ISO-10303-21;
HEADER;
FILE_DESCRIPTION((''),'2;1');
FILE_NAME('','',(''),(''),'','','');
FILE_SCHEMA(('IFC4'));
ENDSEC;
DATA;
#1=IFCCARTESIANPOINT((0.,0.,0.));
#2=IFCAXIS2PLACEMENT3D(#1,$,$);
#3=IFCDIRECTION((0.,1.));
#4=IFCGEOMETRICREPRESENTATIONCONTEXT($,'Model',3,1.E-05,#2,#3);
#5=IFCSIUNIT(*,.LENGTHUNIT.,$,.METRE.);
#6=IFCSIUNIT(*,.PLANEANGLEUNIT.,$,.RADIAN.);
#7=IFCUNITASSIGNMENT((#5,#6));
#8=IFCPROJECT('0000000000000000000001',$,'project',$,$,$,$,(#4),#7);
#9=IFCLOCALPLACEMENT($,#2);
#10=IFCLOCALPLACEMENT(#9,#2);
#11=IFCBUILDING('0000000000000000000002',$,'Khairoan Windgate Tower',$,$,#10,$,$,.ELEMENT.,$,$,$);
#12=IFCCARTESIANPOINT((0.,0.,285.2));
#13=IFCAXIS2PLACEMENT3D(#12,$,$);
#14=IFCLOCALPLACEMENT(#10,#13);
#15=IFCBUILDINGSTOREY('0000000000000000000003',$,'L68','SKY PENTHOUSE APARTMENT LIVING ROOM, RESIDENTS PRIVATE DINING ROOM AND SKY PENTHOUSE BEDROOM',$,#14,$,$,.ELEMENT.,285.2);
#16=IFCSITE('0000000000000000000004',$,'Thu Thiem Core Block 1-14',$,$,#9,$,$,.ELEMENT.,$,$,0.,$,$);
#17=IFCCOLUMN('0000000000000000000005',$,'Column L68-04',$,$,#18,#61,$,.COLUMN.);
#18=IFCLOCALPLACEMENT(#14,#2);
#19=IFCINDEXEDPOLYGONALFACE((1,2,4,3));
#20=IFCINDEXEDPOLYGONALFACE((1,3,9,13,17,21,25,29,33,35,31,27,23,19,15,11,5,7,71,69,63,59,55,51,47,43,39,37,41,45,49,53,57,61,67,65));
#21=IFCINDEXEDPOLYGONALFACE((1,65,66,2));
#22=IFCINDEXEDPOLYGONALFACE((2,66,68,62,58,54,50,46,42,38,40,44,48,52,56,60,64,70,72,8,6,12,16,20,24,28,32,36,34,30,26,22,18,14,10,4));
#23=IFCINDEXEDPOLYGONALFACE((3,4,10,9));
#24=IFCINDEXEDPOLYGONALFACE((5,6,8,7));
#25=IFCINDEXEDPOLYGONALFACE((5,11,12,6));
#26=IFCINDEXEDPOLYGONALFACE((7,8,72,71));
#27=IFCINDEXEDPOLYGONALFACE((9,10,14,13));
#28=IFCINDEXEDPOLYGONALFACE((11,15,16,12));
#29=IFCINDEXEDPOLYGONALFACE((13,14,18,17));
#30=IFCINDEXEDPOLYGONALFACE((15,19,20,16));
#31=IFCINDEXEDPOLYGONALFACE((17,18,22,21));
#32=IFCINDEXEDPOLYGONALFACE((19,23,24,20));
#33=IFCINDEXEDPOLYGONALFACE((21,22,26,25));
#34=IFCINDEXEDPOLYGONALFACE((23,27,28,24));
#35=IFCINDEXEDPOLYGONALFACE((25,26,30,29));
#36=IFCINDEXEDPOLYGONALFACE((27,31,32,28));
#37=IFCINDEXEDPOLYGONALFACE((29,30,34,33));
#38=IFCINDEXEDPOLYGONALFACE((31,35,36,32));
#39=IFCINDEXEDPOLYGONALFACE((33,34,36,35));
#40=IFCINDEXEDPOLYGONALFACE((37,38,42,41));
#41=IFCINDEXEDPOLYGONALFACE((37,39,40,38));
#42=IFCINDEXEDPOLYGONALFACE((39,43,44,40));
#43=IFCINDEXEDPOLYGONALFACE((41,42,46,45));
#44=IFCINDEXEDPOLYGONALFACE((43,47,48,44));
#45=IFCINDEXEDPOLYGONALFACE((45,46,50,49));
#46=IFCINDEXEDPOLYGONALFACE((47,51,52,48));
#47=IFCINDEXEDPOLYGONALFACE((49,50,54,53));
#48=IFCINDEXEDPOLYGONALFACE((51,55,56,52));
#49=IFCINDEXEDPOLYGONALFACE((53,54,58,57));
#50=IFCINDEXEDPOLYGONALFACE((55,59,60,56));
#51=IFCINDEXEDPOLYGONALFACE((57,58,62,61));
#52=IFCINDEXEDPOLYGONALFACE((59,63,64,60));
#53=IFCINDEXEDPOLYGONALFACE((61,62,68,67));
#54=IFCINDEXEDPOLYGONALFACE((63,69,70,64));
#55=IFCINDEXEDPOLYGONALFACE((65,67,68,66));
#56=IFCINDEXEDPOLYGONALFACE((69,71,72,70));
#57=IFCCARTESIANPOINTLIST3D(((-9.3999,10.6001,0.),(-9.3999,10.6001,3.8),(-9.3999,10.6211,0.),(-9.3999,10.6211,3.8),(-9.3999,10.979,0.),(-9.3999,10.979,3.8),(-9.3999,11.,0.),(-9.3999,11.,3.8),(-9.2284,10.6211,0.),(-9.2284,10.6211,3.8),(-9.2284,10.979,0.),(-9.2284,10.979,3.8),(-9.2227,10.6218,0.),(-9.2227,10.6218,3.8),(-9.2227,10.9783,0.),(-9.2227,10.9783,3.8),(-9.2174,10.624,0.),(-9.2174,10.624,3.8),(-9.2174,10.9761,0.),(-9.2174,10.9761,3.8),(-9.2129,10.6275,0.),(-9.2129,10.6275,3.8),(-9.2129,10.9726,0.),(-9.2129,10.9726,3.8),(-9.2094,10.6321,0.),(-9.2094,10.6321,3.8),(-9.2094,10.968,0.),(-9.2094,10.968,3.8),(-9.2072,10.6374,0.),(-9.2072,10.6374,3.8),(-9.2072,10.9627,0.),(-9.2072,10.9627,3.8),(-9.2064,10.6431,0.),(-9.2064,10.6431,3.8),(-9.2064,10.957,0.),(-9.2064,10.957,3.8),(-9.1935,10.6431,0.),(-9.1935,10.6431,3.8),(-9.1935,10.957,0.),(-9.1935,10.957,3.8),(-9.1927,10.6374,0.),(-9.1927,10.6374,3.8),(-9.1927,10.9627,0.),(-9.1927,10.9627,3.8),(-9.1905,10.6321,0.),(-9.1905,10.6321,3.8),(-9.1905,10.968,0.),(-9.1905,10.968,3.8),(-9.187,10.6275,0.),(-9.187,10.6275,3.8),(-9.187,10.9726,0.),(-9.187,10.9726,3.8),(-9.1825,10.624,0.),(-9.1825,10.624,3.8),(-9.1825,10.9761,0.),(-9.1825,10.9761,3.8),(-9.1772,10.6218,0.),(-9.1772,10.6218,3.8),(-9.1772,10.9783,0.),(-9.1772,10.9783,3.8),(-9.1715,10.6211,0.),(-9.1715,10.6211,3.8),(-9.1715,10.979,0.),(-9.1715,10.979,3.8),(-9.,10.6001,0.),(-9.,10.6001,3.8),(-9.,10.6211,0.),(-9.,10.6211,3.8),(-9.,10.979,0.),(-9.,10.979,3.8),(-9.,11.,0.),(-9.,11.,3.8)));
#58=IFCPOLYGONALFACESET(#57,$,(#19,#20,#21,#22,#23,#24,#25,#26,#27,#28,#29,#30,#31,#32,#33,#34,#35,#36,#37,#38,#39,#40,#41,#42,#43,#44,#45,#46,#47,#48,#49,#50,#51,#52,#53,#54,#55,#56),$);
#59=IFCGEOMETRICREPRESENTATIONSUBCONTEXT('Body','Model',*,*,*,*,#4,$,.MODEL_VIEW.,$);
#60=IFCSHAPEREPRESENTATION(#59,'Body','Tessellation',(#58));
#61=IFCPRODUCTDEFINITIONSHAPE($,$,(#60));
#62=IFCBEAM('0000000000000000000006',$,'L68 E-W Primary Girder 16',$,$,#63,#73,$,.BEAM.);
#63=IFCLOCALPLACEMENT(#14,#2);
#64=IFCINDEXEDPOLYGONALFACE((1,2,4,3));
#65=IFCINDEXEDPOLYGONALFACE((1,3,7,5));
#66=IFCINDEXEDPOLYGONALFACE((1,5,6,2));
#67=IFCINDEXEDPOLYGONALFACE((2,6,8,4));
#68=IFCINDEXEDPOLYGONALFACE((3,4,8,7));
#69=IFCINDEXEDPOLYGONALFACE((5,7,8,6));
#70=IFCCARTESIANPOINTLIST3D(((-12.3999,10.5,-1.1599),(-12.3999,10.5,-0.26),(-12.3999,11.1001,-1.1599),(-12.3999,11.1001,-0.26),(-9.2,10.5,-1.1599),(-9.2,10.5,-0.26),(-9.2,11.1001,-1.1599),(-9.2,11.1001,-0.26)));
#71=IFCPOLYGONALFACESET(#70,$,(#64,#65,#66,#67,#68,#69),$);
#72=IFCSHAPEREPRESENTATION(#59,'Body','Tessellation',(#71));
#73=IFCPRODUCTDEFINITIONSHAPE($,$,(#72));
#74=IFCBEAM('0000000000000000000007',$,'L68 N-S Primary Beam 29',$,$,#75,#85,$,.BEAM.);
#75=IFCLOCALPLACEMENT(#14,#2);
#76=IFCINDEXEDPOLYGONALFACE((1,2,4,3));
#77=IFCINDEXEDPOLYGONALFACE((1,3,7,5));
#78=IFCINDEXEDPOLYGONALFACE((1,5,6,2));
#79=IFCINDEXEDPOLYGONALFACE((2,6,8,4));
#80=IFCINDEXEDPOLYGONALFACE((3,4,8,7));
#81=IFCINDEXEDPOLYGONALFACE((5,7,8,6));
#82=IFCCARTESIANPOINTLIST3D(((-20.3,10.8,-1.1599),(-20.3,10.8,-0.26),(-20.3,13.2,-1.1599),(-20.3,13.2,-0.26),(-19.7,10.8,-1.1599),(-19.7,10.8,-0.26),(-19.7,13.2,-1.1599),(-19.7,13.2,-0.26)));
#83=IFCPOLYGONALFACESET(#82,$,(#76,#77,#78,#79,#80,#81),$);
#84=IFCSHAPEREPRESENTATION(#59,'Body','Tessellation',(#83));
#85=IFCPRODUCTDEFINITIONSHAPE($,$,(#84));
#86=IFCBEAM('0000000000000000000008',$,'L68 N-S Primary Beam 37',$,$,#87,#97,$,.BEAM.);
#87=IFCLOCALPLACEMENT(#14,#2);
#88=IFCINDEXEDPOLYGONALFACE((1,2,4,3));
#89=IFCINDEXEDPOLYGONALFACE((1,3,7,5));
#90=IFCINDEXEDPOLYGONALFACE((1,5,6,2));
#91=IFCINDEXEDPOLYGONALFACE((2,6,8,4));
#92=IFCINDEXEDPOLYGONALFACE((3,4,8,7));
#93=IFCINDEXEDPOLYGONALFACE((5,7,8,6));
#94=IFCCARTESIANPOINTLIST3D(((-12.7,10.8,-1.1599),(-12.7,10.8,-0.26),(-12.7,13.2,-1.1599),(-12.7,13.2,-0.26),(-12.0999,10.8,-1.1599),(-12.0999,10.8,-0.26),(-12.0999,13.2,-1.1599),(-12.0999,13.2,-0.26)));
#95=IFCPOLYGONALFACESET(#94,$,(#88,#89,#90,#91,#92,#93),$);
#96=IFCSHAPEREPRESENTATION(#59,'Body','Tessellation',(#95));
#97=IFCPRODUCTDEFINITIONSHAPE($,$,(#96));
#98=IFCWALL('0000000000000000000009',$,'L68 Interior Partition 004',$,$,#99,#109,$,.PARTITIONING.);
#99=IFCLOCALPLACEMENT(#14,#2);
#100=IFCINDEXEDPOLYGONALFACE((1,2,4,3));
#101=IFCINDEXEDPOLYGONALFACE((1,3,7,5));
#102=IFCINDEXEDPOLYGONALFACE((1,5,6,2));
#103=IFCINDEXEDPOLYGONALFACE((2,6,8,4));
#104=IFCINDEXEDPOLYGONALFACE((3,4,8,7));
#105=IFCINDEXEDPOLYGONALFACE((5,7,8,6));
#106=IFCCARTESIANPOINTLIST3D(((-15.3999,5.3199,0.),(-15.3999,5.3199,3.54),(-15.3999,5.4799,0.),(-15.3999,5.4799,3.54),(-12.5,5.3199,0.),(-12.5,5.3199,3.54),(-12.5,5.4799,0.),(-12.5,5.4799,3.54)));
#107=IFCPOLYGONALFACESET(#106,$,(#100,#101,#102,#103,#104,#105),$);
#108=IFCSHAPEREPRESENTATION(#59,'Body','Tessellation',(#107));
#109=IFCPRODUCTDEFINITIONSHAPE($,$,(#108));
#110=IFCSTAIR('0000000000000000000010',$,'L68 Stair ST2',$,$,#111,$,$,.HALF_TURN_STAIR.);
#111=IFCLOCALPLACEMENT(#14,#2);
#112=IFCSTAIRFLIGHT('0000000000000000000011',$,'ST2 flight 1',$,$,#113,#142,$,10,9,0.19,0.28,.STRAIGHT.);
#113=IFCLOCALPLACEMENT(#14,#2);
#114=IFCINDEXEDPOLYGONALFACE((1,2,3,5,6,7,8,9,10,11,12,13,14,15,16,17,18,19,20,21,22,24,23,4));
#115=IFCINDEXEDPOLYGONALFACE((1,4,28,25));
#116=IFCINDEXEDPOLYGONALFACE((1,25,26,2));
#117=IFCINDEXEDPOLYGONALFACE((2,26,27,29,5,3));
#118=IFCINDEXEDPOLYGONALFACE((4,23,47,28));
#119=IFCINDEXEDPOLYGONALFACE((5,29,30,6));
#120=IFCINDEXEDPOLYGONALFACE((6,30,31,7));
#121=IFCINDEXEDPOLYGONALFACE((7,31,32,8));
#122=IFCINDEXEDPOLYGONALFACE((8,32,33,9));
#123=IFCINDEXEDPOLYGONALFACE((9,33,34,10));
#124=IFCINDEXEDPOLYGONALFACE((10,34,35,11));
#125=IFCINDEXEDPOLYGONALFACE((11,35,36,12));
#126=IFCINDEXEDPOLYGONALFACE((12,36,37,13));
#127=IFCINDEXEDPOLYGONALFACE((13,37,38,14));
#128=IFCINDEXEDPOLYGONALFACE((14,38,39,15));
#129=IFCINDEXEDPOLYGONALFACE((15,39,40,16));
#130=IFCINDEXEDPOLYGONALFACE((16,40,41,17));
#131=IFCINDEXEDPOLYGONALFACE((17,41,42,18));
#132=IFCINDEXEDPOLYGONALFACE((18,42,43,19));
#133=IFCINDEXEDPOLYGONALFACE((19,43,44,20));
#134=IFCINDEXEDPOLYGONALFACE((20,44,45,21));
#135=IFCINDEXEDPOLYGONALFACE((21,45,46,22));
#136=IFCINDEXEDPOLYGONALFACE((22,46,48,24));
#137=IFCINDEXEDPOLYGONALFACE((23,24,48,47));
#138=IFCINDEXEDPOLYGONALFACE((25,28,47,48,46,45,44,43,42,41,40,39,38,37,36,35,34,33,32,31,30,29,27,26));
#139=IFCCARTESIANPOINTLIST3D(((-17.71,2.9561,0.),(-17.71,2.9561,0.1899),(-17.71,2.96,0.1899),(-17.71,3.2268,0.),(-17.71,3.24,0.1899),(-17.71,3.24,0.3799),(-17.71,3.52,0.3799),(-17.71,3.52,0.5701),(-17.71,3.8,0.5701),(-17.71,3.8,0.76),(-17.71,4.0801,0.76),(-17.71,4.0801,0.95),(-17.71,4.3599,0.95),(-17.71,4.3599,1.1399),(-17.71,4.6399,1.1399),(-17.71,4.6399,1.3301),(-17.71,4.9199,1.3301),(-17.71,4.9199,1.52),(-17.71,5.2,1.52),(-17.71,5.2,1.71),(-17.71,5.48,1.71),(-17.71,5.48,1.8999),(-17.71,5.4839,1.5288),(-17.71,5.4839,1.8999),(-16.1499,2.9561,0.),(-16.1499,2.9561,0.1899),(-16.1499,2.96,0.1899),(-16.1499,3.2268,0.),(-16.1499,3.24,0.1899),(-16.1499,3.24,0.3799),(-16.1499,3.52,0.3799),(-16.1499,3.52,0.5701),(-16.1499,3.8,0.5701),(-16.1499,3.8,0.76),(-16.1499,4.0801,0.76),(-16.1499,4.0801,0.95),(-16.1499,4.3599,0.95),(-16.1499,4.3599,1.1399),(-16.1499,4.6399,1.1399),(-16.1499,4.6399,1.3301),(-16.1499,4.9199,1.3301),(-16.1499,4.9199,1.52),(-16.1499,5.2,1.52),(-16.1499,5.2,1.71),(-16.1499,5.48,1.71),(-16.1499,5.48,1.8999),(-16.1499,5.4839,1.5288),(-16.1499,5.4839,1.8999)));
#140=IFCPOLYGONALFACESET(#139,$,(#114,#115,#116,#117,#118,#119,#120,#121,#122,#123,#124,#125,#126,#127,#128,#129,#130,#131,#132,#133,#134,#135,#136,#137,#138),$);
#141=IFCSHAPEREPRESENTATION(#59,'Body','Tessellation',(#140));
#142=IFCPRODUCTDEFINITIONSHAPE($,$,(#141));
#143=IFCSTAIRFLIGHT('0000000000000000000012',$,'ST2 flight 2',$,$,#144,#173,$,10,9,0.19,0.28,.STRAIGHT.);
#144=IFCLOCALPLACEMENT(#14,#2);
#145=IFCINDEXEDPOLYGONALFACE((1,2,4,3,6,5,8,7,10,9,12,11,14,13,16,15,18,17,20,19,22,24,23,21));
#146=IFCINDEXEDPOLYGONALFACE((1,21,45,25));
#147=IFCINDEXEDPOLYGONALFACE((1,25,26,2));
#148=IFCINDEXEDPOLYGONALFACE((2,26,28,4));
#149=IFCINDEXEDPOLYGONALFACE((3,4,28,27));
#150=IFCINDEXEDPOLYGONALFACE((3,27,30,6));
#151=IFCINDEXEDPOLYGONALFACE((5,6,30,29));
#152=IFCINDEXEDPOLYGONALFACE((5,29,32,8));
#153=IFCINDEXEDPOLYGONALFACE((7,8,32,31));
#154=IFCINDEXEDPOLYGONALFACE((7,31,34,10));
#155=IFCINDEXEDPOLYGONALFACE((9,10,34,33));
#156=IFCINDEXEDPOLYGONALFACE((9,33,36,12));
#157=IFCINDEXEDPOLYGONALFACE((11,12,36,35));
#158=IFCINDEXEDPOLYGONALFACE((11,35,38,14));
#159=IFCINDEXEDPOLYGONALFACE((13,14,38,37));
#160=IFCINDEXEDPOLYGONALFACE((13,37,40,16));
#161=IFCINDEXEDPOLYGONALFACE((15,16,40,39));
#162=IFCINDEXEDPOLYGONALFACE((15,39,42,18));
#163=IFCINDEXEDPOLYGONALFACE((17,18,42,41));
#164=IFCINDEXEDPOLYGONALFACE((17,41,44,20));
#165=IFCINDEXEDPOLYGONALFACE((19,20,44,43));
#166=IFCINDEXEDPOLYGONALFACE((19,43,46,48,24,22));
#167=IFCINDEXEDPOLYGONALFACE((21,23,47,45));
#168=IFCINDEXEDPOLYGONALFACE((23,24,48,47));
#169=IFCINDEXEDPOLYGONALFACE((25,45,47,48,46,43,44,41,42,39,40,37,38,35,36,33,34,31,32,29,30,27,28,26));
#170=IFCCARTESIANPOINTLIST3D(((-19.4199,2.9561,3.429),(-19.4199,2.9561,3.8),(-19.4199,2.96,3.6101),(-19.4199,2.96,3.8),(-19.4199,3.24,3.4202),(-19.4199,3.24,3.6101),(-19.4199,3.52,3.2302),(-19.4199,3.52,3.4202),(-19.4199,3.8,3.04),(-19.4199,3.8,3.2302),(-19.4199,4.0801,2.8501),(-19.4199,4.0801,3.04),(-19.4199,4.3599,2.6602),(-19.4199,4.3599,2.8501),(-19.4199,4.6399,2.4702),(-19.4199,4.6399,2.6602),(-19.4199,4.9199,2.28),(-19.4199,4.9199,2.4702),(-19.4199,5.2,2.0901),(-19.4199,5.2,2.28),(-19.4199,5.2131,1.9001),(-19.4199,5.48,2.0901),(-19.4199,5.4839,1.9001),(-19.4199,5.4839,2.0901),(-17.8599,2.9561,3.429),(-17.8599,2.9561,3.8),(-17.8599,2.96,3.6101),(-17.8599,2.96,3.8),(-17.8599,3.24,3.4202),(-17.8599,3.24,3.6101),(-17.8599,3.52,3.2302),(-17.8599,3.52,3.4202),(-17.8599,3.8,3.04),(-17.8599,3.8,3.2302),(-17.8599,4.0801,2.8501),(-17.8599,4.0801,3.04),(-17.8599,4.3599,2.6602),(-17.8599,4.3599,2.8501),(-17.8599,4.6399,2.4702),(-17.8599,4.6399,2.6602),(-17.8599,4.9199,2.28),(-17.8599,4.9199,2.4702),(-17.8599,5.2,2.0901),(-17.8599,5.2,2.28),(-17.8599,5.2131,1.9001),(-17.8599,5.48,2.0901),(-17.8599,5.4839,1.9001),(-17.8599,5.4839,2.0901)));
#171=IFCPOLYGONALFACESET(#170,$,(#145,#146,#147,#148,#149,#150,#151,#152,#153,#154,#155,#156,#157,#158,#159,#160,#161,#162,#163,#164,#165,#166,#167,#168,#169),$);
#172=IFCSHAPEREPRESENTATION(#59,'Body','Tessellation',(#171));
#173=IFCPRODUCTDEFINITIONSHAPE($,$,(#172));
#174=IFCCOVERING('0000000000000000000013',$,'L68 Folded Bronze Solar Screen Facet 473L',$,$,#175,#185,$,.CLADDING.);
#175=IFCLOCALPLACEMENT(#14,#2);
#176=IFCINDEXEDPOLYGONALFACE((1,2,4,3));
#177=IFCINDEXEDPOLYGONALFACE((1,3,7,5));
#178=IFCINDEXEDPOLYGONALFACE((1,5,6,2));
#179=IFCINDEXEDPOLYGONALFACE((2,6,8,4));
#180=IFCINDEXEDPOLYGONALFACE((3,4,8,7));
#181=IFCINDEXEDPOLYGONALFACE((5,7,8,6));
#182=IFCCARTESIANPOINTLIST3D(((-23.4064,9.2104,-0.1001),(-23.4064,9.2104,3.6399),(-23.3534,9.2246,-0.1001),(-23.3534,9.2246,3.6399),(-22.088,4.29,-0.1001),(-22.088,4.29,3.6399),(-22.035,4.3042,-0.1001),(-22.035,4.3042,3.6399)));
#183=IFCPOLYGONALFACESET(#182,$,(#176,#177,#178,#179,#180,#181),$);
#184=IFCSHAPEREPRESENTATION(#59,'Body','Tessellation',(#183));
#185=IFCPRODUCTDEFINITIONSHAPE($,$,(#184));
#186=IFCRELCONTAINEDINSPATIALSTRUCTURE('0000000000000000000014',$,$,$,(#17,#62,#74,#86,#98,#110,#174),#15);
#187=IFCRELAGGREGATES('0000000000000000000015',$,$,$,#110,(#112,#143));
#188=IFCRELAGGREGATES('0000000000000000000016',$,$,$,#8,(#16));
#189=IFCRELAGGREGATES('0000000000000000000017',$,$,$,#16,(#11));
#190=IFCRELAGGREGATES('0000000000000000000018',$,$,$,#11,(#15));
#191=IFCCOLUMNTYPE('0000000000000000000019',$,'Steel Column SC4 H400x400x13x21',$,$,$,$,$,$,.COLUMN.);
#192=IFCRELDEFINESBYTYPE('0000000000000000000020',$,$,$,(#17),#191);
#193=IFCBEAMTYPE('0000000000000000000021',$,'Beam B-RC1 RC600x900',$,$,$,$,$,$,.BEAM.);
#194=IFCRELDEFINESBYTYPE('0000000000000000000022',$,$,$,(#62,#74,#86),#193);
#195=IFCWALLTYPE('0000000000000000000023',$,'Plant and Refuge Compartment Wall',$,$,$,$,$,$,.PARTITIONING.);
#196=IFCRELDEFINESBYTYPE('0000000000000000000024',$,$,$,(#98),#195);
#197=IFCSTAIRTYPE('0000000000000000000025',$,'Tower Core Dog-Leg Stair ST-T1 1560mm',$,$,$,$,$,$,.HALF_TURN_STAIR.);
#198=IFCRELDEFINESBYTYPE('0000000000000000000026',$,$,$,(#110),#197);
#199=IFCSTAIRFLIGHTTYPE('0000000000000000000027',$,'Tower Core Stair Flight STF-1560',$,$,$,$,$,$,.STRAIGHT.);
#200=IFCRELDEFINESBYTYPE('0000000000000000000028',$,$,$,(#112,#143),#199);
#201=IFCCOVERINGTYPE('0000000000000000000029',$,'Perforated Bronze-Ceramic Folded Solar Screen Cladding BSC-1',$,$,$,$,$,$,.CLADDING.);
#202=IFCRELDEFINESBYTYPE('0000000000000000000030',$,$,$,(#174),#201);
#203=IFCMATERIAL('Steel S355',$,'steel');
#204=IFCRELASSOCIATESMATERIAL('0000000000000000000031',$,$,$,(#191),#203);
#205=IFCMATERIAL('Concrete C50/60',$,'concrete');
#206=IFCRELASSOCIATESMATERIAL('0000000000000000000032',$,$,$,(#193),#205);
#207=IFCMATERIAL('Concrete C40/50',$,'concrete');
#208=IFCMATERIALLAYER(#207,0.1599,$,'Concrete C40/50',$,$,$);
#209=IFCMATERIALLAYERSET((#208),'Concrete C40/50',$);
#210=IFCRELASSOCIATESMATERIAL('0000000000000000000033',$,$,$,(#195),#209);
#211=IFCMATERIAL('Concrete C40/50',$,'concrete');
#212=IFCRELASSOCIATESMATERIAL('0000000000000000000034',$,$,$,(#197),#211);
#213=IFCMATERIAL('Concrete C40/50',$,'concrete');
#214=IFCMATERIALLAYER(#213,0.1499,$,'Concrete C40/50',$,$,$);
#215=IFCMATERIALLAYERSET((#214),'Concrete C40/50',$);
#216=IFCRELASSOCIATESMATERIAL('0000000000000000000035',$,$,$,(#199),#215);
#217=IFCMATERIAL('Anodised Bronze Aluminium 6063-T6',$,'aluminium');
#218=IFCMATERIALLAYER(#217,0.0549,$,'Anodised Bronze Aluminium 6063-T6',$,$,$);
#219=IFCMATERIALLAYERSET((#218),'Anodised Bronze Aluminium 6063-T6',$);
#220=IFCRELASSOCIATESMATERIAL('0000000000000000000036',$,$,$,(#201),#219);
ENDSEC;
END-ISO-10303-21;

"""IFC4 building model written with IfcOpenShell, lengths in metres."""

from ifc_helpers import new_model, si_unit, direction, frame, frame_2d, origin, origin_2d, place, context, subcontext, project, spatial, polyline, rectangle, i_section, outline, extrude, material, layer, layer_set, material_profile, profile_set, type_object, element, aggregate, save


model = new_model("IFC4")

# Units and contexts
model_context = context("Model", 3, precision=1e-05, world=origin(), true_north=direction((0.0, 1.0)))
body_context = subcontext(model_context, "Body", "Model", "MODEL_VIEW")
ifc_project = project(units=[si_unit("LENGTHUNIT", "METRE"), si_unit("PLANEANGLEUNIT", "RADIAN")], contexts=[model_context])

# Site, building, storey
site_placement = place(None, origin())
site = spatial("IfcSite", under=ifc_project, at=site_placement, Name="Thu Thiem Core Block 1-14", CompositionType="ELEMENT", RefElevation=0.0)
building_placement = place(site_placement, origin())
building = spatial("IfcBuilding", under=site, at=building_placement, Name="Khairoan Windgate Tower", CompositionType="ELEMENT")
storey_placement = place(building_placement, frame((0.0, 0.0, 285.2)))
storey = spatial("IfcBuildingStorey", under=building, at=storey_placement, Name="L68", Description="SKY PENTHOUSE APARTMENT LIVING ROOM, RESIDENTS PRIVATE DINING ROOM AND SKY PENTHOUSE BEDROOM", CompositionType="ELEMENT", Elevation=285.2)

# Column
ifc_material_1 = material(Name="Steel S355", Category="steel")
ifc_material_profile_1 = material_profile(ifc_material_1, i_section(OverallWidth=0.3999, OverallDepth=0.3999, WebThickness=0.0129, FlangeThickness=0.021, FilletRadius=0.022, at=origin_2d()))
ifc_profile_set_1 = profile_set([ifc_material_profile_1], Name="Steel S355")
column_type = type_object("IfcColumnType", Name="Steel Column SC4 H400x400x13x21", PredefinedType="COLUMN", material=ifc_profile_set_1)
column_placement = place(storey_placement, frame((-9.2, 10.8, 0.0), z_axis=(0.0, 0.0, 1.0), x_axis=(1.0, 0.0, 0.0)))
element("IfcColumn", 1, at=column_placement, inside=storey, type_object=column_type, Name="Column L68-04", PredefinedType="COLUMN", context=body_context, shape_type="SweptSolid", body=[
    extrude(i_section(OverallWidth=0.3999, OverallDepth=0.3999, WebThickness=0.0129, FlangeThickness=0.021, FilletRadius=0.022, at=origin_2d()), origin(), (0.0, 0.0, 1.0), 3.8),
])

# Beams
ifc_material_2 = material(Name="Concrete C50/60", Category="concrete")
ifc_material_profile_2 = material_profile(ifc_material_2, rectangle(XDim=0.6001, YDim=0.8999, at=origin_2d()))
ifc_profile_set_2 = profile_set([ifc_material_profile_2], Name="Concrete C50/60")
beam_type = type_object("IfcBeamType", Name="Beam B-RC1 RC600x900", PredefinedType="BEAM", material=ifc_profile_set_2)
beam_placement = place(storey_placement, frame((-12.3999, 10.8, -0.71), z_axis=(1.0, 0.0, 0.0), x_axis=(0.0, 1.0, 0.0)))
element("IfcBeam", 2, at=beam_placement, inside=storey, type_object=beam_type, Name="L68 E-W Primary Girder 16", PredefinedType="BEAM", context=body_context, shape_type="SweptSolid", body=[
    extrude(rectangle(XDim=0.6001, YDim=0.8999, at=origin_2d()), origin(), (0.0, 0.0, 1.0), 3.2),
])
for number, where, z_axis, x_axis, name in (
    (3, (-20.0, 10.8, -0.71), (0.0, 1.0, 0.0), (-1.0, 0.0, 0.0), "L68 N-S Primary Beam 29"),
    (4, (-12.3999, 10.8, -0.71), (0.0, 1.0, 0.0), (-1.0, 0.0, 0.0), "L68 N-S Primary Beam 37"),
):
    element("IfcBeam", number, at=place(storey_placement, frame(where, z_axis=z_axis, x_axis=x_axis)), inside=storey, type_object=beam_type, Name=name, PredefinedType="BEAM", context=body_context, shape_type="SweptSolid", body=[
        extrude(rectangle(XDim=0.6001, YDim=0.8999, at=origin_2d()), origin(), (0.0, 0.0, 1.0), 2.3999),
    ])

# Wall
ifc_material_3 = material(Name="Concrete C40/50", Category="concrete")
ifc_layer_1 = layer(ifc_material_3, 0.1599, Name="Concrete C40/50")
ifc_layer_set_1 = layer_set([ifc_layer_1], Name="Concrete C40/50")
wall_type = type_object("IfcWallType", Name="Plant and Refuge Compartment Wall", PredefinedType="PARTITIONING", material=ifc_layer_set_1)
wall_placement = place(storey_placement, frame((-15.3999, 5.3999, 0.0), z_axis=(0.0, 0.0, 1.0), x_axis=(1.0, 0.0, 0.0)))
element("IfcWall", 5, at=wall_placement, inside=storey, type_object=wall_type, Name="L68 Interior Partition 004", PredefinedType="PARTITIONING", context=body_context, shape_type="SweptSolid", body=[
    extrude(rectangle(XDim=2.8999, YDim=0.1599, at=frame_2d((1.45, 0.0))), origin(), (0.0, 0.0, 1.0), 3.54),
])

# Stair, stair flights
ifc_material_4 = material(Name="Concrete C40/50", Category="concrete")
stair_type = type_object("IfcStairType", Name="Tower Core Dog-Leg Stair ST-T1 1560mm", PredefinedType="HALF_TURN_STAIR", material=ifc_material_4)
stair_placement = place(storey_placement, origin())
stair = element("IfcStair", 6, at=stair_placement, inside=storey, type_object=stair_type, Name="L68 Stair ST2", PredefinedType="HALF_TURN_STAIR")
ifc_material_5 = material(Name="Concrete C40/50", Category="concrete")
ifc_layer_2 = layer(ifc_material_5, 0.1499, Name="Concrete C40/50")
ifc_layer_set_2 = layer_set([ifc_layer_2], Name="Concrete C40/50")
stair_flight_type = type_object("IfcStairFlightType", Name="Tower Core Stair Flight STF-1560", PredefinedType="STRAIGHT", material=ifc_layer_set_2)
stair_flight_1_placement = place(storey_placement, frame((-16.9299, 2.96, 0.0), z_axis=(0.0, 0.0, 1.0), x_axis=(0.0, 1.0, 0.0)))
stair_flight_1 = element("IfcStairFlight", 7, at=stair_flight_1_placement, type_object=stair_flight_type, Name="ST2 flight 1", NumberOfRisers=10, NumberOfTreads=9, PredefinedType="STRAIGHT", RiserHeight=0.19, TreadLength=0.28, context=body_context, shape_type="SweptSolid", body=[
    extrude(outline(polyline([(-0.0039, 0.0), (-0.0039, 0.1899), (0.0, 0.1899), (0.28, 0.1899), (0.28, 0.3799), (0.5601, 0.3799), (0.5601, 0.5701), (0.8401, 0.5701), (0.8401, 0.76), (1.1201, 0.76), (1.1201, 0.95), (1.3999, 0.95), (1.3999, 1.1399), (1.6799, 1.1399), (1.6799, 1.3301), (1.96, 1.3301), (1.96, 1.52), (2.24, 1.52), (2.24, 1.71), (2.52, 1.71), (2.52, 1.8999), (2.5239, 1.8999), (2.5239, 1.5288), (0.2668, 0.0), (-0.0039, 0.0)])), frame((0.0, 0.78, 0.0), z_axis=(0.0, -1.0, 0.0), x_axis=(1.0, 0.0, 0.0)), (0.0, 0.0, 1.0), 1.5601),
])
stair_flight_2_placement = place(storey_placement, frame((-18.6399, 5.48, 1.9001), z_axis=(0.0, 0.0, 1.0), x_axis=(0.0, -1.0, 0.0)))
stair_flight_2 = element("IfcStairFlight", 8, at=stair_flight_2_placement, type_object=stair_flight_type, Name="ST2 flight 2", NumberOfRisers=10, NumberOfTreads=9, PredefinedType="STRAIGHT", RiserHeight=0.19, TreadLength=0.28, context=body_context, shape_type="SweptSolid", body=[
    extrude(outline(polyline([(-0.0039, 0.0), (-0.0039, 0.1899), (0.0, 0.1899), (0.28, 0.1899), (0.28, 0.3799), (0.5601, 0.3799), (0.5601, 0.5701), (0.8401, 0.5701), (0.8401, 0.76), (1.1201, 0.76), (1.1201, 0.95), (1.3999, 0.95), (1.3999, 1.1399), (1.6799, 1.1399), (1.6799, 1.3301), (1.96, 1.3301), (1.96, 1.52), (2.24, 1.52), (2.24, 1.71), (2.52, 1.71), (2.52, 1.8999), (2.5239, 1.8999), (2.5239, 1.5288), (0.2668, 0.0), (-0.0039, 0.0)])), frame((0.0, 0.78, 0.0), z_axis=(0.0, -1.0, 0.0), x_axis=(1.0, 0.0, 0.0)), (0.0, 0.0, 1.0), 1.5601),
])
aggregate(stair, [stair_flight_1, stair_flight_2])

# Covering
ifc_material_6 = material(Name="Anodised Bronze Aluminium 6063-T6", Category="aluminium")
ifc_layer_3 = layer(ifc_material_6, 0.0549, Name="Anodised Bronze Aluminium 6063-T6")
ifc_layer_set_3 = layer_set([ifc_layer_3], Name="Anodised Bronze Aluminium 6063-T6")
covering_type = type_object("IfcCoveringType", Name="Perforated Bronze-Ceramic Folded Solar Screen Cladding BSC-1", PredefinedType="CLADDING", material=ifc_layer_set_3)
covering_placement = place(storey_placement, frame((-22.7207, 6.7573, -0.1001), z_axis=(0.0, 0.0, 1.0), x_axis=(-0.258819, 0.965926, 0.0)))
element("IfcCovering", 9, at=covering_placement, inside=storey, type_object=covering_type, Name="L68 Folded Bronze Solar Screen Facet 473L", PredefinedType="CLADDING", context=body_context, shape_type="SweptSolid", body=[
    extrude(rectangle(XDim=5.094, YDim=0.0549, at=origin_2d()), origin(), (0.0, 0.0, 1.0), 3.74),
])

save(model, "model.ifc")
